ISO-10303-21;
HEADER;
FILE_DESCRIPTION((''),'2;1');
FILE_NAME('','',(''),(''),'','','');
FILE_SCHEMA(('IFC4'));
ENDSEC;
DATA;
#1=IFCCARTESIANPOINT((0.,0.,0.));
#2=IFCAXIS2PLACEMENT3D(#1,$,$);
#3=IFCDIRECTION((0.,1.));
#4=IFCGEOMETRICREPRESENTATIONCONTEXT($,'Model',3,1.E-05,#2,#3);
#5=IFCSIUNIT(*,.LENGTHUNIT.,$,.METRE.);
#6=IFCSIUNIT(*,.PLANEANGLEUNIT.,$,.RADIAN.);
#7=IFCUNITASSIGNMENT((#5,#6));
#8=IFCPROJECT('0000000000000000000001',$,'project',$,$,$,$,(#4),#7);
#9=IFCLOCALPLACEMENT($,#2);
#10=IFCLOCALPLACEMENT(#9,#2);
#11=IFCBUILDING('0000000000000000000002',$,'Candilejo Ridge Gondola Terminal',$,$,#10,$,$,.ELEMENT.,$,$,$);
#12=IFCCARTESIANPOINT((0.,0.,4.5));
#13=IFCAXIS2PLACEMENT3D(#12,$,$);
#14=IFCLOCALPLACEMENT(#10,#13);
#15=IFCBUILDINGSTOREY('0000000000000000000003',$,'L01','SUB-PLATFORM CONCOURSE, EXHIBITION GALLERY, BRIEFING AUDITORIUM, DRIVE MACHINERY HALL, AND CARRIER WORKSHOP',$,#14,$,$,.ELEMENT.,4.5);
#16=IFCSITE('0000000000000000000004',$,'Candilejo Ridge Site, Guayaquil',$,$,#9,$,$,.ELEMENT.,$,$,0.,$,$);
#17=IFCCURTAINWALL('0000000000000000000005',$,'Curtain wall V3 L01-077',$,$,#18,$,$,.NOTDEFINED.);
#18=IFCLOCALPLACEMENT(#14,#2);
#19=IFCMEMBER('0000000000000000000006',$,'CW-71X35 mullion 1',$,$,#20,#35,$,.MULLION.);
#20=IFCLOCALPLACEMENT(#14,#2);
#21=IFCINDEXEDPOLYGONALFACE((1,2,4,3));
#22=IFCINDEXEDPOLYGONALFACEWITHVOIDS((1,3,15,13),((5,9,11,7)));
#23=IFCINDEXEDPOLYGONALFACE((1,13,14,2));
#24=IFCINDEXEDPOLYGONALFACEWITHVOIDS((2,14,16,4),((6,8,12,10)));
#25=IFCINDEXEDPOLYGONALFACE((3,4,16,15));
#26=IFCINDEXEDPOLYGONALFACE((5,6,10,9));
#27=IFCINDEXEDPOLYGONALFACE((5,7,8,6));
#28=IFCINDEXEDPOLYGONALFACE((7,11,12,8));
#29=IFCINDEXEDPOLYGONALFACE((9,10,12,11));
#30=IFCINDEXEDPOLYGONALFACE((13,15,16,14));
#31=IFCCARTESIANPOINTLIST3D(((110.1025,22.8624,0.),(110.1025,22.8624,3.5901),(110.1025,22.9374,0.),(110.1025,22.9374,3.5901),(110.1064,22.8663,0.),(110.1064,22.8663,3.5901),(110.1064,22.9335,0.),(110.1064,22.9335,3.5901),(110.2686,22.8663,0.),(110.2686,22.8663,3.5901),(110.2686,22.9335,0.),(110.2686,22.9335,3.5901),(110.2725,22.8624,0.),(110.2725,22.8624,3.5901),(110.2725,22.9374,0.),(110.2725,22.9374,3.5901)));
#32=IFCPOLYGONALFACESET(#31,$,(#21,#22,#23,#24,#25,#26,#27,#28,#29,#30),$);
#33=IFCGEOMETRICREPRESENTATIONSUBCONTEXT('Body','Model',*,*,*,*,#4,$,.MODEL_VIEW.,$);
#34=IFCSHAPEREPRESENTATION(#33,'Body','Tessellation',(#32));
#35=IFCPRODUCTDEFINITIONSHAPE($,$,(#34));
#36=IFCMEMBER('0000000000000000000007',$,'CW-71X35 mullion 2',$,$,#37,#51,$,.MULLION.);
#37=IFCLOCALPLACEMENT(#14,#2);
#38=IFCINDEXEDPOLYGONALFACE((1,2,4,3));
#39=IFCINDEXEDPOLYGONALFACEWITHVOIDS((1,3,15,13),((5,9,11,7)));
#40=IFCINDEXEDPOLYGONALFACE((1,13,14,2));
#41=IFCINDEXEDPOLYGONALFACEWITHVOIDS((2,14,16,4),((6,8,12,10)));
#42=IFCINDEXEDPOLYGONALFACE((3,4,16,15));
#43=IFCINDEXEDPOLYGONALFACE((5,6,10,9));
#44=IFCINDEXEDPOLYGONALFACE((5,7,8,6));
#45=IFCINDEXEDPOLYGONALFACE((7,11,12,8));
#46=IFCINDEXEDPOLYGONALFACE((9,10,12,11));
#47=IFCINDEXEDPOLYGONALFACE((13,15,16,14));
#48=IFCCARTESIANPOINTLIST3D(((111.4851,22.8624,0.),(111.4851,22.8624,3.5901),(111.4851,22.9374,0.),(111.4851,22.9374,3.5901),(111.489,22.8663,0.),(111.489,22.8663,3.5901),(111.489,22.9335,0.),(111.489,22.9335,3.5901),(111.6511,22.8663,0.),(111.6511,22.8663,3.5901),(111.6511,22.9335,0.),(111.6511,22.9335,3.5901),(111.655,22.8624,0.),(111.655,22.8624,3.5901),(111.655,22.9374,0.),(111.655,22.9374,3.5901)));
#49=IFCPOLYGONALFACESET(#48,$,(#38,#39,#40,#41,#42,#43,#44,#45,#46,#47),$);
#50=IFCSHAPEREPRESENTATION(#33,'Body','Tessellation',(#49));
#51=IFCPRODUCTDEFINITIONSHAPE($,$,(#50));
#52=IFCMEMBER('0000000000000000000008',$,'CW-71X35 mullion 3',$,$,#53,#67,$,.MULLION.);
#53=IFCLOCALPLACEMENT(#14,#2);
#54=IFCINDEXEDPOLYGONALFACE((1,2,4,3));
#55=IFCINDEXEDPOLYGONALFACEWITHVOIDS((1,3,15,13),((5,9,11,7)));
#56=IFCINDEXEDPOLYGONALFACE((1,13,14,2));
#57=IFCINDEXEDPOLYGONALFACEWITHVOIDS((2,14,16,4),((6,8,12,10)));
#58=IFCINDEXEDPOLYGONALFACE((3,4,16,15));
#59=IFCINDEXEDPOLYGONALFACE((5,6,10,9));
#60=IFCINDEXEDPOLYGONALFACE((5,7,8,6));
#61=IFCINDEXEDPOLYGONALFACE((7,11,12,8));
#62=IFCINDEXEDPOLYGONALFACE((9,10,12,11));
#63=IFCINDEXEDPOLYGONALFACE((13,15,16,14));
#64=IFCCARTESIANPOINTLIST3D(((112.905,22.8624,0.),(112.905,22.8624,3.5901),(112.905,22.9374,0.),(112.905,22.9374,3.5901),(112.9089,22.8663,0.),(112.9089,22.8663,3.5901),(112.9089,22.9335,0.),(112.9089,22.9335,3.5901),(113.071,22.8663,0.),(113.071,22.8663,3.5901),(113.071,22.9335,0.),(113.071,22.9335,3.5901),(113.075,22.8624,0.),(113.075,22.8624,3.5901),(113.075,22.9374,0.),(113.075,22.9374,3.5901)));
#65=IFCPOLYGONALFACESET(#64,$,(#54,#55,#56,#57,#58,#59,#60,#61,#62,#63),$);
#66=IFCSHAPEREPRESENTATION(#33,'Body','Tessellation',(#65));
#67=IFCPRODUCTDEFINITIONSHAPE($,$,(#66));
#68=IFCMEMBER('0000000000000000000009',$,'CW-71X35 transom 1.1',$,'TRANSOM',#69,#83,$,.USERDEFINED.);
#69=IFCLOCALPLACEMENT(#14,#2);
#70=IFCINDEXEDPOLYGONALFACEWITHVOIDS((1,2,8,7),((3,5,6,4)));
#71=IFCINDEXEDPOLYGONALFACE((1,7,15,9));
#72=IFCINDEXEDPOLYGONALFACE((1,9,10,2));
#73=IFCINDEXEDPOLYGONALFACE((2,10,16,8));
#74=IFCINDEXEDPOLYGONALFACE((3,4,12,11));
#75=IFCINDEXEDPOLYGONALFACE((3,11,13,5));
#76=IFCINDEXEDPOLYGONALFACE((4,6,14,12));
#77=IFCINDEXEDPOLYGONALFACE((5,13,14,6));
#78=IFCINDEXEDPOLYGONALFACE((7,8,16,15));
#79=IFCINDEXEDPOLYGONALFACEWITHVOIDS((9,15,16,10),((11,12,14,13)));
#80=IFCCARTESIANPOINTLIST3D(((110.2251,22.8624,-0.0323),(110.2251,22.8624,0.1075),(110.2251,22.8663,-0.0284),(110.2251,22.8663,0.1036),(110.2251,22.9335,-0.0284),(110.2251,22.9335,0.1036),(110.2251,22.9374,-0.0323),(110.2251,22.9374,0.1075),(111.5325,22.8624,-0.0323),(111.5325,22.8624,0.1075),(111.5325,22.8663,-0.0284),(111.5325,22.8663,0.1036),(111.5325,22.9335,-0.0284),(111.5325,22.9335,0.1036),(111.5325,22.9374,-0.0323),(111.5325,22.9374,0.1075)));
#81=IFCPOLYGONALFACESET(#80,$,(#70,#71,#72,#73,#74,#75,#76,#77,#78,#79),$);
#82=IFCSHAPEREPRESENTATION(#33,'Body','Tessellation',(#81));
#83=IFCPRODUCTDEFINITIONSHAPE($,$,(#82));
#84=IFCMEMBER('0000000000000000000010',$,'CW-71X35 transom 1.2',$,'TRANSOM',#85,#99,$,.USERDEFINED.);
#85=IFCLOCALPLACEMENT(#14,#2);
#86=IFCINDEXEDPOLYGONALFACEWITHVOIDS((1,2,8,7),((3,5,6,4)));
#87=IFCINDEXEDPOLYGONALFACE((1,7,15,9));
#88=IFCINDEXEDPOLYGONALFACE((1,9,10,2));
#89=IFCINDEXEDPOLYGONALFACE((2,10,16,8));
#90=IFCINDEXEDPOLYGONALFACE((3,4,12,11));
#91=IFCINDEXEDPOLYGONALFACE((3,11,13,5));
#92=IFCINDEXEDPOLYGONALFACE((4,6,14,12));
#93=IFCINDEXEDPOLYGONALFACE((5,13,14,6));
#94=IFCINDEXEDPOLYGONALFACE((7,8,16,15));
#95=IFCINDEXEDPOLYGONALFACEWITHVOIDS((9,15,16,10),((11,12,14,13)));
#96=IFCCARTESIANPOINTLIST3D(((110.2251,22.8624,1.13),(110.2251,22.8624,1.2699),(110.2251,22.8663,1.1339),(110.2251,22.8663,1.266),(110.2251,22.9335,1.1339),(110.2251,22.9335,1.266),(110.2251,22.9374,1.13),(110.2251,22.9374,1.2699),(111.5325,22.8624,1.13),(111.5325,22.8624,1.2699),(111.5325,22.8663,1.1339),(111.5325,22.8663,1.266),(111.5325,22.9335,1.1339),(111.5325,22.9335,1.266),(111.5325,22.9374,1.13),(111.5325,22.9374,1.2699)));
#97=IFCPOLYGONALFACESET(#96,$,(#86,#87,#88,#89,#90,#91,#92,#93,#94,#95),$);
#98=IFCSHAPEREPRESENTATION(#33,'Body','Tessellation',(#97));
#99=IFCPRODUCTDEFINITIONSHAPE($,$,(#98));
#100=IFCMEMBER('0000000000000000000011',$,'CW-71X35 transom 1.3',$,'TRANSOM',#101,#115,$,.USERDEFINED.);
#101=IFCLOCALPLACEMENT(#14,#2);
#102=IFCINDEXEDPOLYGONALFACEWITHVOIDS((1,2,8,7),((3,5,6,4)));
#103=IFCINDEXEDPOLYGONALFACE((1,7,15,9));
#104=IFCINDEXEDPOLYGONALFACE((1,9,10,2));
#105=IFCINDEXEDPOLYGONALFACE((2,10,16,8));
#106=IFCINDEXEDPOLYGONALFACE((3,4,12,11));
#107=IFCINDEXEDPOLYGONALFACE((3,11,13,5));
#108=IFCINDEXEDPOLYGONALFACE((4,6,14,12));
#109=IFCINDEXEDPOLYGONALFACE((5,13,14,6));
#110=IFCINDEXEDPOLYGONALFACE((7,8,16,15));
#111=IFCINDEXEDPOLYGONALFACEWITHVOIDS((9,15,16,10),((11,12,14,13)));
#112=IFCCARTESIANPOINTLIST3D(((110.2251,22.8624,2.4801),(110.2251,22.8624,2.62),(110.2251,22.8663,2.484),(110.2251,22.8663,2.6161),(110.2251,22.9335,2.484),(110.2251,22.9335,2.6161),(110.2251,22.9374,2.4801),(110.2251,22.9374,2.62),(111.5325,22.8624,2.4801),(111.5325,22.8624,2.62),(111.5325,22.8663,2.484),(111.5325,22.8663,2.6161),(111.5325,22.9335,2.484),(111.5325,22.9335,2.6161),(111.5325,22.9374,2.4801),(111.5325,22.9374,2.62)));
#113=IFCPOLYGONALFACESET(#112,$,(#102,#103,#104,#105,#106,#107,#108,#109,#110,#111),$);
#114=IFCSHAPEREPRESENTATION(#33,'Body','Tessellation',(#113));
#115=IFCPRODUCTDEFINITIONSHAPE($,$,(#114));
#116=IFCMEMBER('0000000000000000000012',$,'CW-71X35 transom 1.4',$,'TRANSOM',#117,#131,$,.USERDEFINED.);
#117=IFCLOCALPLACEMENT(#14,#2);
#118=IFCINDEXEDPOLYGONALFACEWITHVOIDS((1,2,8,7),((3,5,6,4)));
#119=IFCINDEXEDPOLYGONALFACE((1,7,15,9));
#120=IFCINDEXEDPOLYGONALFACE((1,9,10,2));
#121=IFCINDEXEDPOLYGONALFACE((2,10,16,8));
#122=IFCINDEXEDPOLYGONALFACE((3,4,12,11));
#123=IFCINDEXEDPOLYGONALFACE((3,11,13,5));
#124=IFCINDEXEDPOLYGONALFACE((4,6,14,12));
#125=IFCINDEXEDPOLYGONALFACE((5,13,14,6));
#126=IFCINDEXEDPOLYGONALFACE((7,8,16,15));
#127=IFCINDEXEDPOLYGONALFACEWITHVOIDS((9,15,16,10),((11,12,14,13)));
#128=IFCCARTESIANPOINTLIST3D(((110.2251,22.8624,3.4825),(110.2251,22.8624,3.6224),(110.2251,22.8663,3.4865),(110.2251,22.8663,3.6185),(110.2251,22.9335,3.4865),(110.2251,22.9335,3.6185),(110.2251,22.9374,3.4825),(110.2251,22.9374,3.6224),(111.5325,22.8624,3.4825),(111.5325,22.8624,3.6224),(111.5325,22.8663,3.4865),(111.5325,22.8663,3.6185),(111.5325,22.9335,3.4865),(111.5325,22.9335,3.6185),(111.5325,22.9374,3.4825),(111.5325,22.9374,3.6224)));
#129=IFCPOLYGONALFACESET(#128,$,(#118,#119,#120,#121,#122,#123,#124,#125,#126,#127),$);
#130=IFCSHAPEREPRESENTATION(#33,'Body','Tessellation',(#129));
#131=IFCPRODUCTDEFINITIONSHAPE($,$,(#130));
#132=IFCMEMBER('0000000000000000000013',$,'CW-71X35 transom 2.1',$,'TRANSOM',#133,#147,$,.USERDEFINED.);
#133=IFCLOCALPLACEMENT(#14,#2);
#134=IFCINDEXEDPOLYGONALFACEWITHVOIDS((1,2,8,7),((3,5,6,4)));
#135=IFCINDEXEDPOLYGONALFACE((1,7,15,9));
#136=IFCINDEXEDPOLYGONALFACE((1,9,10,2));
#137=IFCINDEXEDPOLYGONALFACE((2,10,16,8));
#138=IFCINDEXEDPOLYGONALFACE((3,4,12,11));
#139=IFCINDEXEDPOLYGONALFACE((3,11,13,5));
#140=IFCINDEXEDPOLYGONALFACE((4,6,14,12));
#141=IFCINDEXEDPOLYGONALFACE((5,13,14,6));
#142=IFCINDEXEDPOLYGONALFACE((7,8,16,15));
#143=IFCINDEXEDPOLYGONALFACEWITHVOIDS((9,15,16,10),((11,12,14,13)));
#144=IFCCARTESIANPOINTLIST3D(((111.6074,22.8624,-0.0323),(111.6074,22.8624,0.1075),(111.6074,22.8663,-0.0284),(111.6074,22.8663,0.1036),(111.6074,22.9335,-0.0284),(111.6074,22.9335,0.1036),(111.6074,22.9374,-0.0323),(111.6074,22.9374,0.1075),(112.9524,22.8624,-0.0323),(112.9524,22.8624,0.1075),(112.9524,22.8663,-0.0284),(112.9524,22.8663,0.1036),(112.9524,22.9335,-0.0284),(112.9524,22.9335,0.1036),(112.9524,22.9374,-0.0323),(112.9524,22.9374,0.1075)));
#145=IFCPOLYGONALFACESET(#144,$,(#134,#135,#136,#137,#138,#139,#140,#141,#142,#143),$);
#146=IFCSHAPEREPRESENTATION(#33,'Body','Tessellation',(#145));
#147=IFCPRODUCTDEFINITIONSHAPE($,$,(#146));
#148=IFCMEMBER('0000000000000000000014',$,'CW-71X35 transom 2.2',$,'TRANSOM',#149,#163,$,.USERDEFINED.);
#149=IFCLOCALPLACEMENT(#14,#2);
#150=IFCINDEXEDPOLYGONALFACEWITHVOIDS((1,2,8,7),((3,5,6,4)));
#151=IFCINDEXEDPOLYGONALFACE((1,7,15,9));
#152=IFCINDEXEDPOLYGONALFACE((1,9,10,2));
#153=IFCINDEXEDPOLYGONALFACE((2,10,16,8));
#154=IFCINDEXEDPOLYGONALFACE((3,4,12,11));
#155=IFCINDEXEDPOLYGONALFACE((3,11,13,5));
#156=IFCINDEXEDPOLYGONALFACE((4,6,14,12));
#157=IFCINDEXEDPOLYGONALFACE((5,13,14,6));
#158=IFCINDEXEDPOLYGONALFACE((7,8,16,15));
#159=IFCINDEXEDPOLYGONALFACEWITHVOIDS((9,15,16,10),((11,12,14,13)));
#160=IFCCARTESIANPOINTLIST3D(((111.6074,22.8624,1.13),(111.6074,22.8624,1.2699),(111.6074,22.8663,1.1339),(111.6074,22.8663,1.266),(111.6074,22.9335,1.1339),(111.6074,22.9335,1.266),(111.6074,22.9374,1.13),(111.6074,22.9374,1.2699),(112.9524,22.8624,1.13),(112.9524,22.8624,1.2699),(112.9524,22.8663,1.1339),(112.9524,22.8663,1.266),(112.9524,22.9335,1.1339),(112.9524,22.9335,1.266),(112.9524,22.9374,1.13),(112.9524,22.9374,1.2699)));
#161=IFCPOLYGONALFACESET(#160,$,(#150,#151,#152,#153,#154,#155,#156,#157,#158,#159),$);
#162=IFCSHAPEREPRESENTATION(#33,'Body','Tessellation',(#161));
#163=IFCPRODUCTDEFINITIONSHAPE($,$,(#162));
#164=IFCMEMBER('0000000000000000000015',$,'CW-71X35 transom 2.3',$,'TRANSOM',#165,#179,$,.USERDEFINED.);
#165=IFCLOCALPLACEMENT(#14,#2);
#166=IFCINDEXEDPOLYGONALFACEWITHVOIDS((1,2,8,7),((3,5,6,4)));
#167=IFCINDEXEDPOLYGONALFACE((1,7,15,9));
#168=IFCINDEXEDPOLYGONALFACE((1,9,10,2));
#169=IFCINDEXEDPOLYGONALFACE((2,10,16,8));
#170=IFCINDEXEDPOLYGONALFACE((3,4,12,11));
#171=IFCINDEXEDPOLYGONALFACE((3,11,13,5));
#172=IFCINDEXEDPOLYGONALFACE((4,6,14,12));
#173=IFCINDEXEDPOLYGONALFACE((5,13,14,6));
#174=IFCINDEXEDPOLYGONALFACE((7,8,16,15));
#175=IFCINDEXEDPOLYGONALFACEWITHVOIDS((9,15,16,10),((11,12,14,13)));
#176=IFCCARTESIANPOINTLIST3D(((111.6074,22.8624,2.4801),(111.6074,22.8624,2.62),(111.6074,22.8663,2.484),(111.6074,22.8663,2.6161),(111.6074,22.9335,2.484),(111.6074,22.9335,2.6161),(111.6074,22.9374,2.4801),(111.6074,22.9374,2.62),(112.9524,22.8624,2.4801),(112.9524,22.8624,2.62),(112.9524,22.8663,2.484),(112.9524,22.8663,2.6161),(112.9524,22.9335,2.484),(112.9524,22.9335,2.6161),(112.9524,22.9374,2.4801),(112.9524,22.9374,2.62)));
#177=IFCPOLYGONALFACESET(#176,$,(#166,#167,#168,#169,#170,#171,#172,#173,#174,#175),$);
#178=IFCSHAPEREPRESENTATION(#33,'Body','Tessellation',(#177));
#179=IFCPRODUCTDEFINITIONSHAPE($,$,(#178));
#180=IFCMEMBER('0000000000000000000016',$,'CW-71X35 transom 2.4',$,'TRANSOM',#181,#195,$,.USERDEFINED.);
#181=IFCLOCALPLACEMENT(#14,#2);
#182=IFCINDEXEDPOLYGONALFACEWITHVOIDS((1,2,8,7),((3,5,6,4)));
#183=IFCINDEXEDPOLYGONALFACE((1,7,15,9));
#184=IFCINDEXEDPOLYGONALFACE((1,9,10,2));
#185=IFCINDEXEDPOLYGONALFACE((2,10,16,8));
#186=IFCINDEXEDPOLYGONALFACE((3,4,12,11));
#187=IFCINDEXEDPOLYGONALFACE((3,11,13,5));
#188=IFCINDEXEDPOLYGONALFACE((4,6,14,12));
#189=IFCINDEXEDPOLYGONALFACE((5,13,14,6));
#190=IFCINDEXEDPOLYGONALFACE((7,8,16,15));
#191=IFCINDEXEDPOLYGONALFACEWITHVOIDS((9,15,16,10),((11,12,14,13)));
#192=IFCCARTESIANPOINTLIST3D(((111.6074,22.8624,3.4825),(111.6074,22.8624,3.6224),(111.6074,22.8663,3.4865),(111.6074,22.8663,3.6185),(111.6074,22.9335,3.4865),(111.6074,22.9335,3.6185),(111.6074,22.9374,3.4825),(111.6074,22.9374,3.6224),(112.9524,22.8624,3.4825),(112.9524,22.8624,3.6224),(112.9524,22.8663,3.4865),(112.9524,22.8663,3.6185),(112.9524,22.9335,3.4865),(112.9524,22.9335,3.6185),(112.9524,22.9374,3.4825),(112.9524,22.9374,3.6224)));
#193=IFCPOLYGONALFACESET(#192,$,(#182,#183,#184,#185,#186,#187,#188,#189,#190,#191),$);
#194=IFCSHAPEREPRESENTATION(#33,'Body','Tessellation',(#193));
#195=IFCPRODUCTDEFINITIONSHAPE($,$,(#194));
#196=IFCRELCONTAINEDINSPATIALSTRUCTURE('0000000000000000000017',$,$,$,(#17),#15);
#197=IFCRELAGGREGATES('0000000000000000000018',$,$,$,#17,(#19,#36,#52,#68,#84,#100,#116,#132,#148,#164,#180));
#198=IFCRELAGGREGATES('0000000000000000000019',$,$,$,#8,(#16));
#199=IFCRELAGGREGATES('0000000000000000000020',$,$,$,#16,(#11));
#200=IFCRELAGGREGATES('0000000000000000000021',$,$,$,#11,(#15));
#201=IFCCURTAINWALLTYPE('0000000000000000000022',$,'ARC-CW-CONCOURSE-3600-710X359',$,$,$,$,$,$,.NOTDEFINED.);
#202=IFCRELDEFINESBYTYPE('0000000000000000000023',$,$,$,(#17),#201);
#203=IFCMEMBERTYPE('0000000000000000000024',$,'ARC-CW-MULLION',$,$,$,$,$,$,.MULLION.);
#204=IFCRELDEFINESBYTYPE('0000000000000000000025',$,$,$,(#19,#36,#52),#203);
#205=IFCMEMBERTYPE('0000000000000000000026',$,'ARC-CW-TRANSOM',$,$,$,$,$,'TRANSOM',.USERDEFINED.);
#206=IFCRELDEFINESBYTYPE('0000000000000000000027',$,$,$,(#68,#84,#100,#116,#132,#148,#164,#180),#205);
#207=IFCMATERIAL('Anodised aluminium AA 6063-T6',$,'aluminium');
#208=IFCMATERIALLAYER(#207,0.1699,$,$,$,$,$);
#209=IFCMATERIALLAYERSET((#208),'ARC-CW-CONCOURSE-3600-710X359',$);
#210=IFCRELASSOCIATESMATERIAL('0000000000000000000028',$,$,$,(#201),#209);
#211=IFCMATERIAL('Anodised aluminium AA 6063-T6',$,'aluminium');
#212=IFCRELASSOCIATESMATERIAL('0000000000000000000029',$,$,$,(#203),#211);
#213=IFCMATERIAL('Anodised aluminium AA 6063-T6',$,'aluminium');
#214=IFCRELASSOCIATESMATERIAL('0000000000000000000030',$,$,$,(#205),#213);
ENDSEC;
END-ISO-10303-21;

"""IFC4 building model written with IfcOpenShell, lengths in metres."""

from ifc_helpers import new_model, si_unit, direction, frame, origin, origin_2d, place, context, subcontext, project, spatial, hollow_rectangle, extrude, material, layer, layer_set, material_profile, profile_set, type_object, element, aggregate, save


model = new_model("IFC4")

# Units and contexts
model_context = context("Model", 3, precision=1e-05, world=origin(), true_north=direction((0.0, 1.0)))
body_context = subcontext(model_context, "Body", "Model", "MODEL_VIEW")
ifc_project = project(units=[si_unit("LENGTHUNIT", "METRE"), si_unit("PLANEANGLEUNIT", "RADIAN")], contexts=[model_context])

# Site, building, storey
site_placement = place(None, origin())
site = spatial("IfcSite", under=ifc_project, at=site_placement, Name="Candilejo Ridge Site, Guayaquil", CompositionType="ELEMENT", RefElevation=0.0)
building_placement = place(site_placement, origin())
building = spatial("IfcBuilding", under=site, at=building_placement, Name="Candilejo Ridge Gondola Terminal", CompositionType="ELEMENT")
storey_placement = place(building_placement, frame((0.0, 0.0, 4.5)))
storey = spatial("IfcBuildingStorey", under=building, at=storey_placement, Name="L01", Description="SUB-PLATFORM CONCOURSE, EXHIBITION GALLERY, BRIEFING AUDITORIUM, DRIVE MACHINERY HALL, AND CARRIER WORKSHOP", CompositionType="ELEMENT", Elevation=4.5)

# Curtain wall, members
ifc_material_1 = material(Name="Anodised aluminium AA 6063-T6", Category="aluminium")
ifc_layer_1 = layer(ifc_material_1, 0.1699)
ifc_layer_set_1 = layer_set([ifc_layer_1], Name="ARC-CW-CONCOURSE-3600-710X359")
curtain_wall_type = type_object("IfcCurtainWallType", Name="ARC-CW-CONCOURSE-3600-710X359", PredefinedType="NOTDEFINED", material=ifc_layer_set_1)
curtain_wall_placement = place(storey_placement, origin())
curtain_wall = element("IfcCurtainWall", 1, at=curtain_wall_placement, inside=storey, type_object=curtain_wall_type, Name="Curtain wall V3 L01-077", PredefinedType="NOTDEFINED")
ifc_material_2 = material(Name="Anodised aluminium AA 6063-T6", Category="aluminium")
ifc_material_profile_1 = material_profile(ifc_material_2, hollow_rectangle(XDim=0.075, YDim=0.1699, WallThickness=0.0039, at=origin_2d()))
ifc_profile_set_1 = profile_set([ifc_material_profile_1], Name="Anodised aluminium AA 6063-T6")
member_type_1 = type_object("IfcMemberType", Name="ARC-CW-MULLION", PredefinedType="MULLION", material=ifc_profile_set_1)
member_1_placement = place(storey_placement, frame((110.1875, 22.8999, 0.0), z_axis=(0.0, 0.0, 1.0), x_axis=(0.0, 1.0, 0.0)))
member_1 = element("IfcMember", 2, at=member_1_placement, type_object=member_type_1, Name="CW-71X35 mullion 1", PredefinedType="MULLION", context=body_context, shape_type="SweptSolid", body=[
    extrude(hollow_rectangle(XDim=0.075, YDim=0.1699, WallThickness=0.0039, at=origin_2d()), origin(), (0.0, 0.0, 1.0), 3.5901),
])
member_2_placement = place(storey_placement, frame((111.5701, 22.8999, 0.0), z_axis=(0.0, 0.0, 1.0), x_axis=(0.0, 1.0, 0.0)))
member_2 = element("IfcMember", 3, at=member_2_placement, type_object=member_type_1, Name="CW-71X35 mullion 2", PredefinedType="MULLION", context=body_context, shape_type="SweptSolid", body=[
    extrude(hollow_rectangle(XDim=0.075, YDim=0.1699, WallThickness=0.0039, at=origin_2d()), origin(), (0.0, 0.0, 1.0), 3.5901),
])
member_3_placement = place(storey_placement, frame((112.99, 22.8999, 0.0), z_axis=(0.0, 0.0, 1.0), x_axis=(0.0, 1.0, 0.0)))
member_3 = element("IfcMember", 4, at=member_3_placement, type_object=member_type_1, Name="CW-71X35 mullion 3", PredefinedType="MULLION", context=body_context, shape_type="SweptSolid", body=[
    extrude(hollow_rectangle(XDim=0.075, YDim=0.1699, WallThickness=0.0039, at=origin_2d()), origin(), (0.0, 0.0, 1.0), 3.5901),
])
ifc_material_3 = material(Name="Anodised aluminium AA 6063-T6", Category="aluminium")
ifc_material_profile_2 = material_profile(ifc_material_3, hollow_rectangle(XDim=0.075, YDim=0.1399, WallThickness=0.0039, at=origin_2d()))
ifc_profile_set_2 = profile_set([ifc_material_profile_2], Name="Anodised aluminium AA 6063-T6")
member_type_2 = type_object("IfcMemberType", Name="ARC-CW-TRANSOM", ElementType="TRANSOM", PredefinedType="USERDEFINED", material=ifc_profile_set_2)
member_4_placement = place(storey_placement, frame((110.2251, 22.8999, 0.0376), z_axis=(1.0, 0.0, 0.0), x_axis=(0.0, 1.0, 0.0)))
member_4 = element("IfcMember", 5, at=member_4_placement, type_object=member_type_2, Name="CW-71X35 transom 1.1", ObjectType="TRANSOM", PredefinedType="USERDEFINED", context=body_context, shape_type="SweptSolid", body=[
    extrude(hollow_rectangle(XDim=0.075, YDim=0.1399, WallThickness=0.0039, at=origin_2d()), origin(), (0.0, 0.0, 1.0), 1.3074),
])
member_5_placement = place(storey_placement, frame((110.2251, 22.8999, 1.2), z_axis=(1.0, 0.0, 0.0), x_axis=(0.0, 1.0, 0.0)))
member_5 = element("IfcMember", 6, at=member_5_placement, type_object=member_type_2, Name="CW-71X35 transom 1.2", ObjectType="TRANSOM", PredefinedType="USERDEFINED", context=body_context, shape_type="SweptSolid", body=[
    extrude(hollow_rectangle(XDim=0.075, YDim=0.1399, WallThickness=0.0039, at=origin_2d()), origin(), (0.0, 0.0, 1.0), 1.3074),
])
member_6_placement = place(storey_placement, frame((110.2251, 22.8999, 2.55), z_axis=(1.0, 0.0, 0.0), x_axis=(0.0, 1.0, 0.0)))
member_6 = element("IfcMember", 7, at=member_6_placement, type_object=member_type_2, Name="CW-71X35 transom 1.3", ObjectType="TRANSOM", PredefinedType="USERDEFINED", context=body_context, shape_type="SweptSolid", body=[
    extrude(hollow_rectangle(XDim=0.075, YDim=0.1399, WallThickness=0.0039, at=origin_2d()), origin(), (0.0, 0.0, 1.0), 1.3074),
])
member_7_placement = place(storey_placement, frame((110.2251, 22.8999, 3.5525), z_axis=(1.0, 0.0, 0.0), x_axis=(0.0, 1.0, 0.0)))
member_7 = element("IfcMember", 8, at=member_7_placement, type_object=member_type_2, Name="CW-71X35 transom 1.4", ObjectType="TRANSOM", PredefinedType="USERDEFINED", context=body_context, shape_type="SweptSolid", body=[
    extrude(hollow_rectangle(XDim=0.075, YDim=0.1399, WallThickness=0.0039, at=origin_2d()), origin(), (0.0, 0.0, 1.0), 1.3074),
])
member_8_placement = place(storey_placement, frame((111.6074, 22.8999, 0.0376), z_axis=(1.0, 0.0, 0.0), x_axis=(0.0, 1.0, 0.0)))
member_8 = element("IfcMember", 9, at=member_8_placement, type_object=member_type_2, Name="CW-71X35 transom 2.1", ObjectType="TRANSOM", PredefinedType="USERDEFINED", context=body_context, shape_type="SweptSolid", body=[
    extrude(hollow_rectangle(XDim=0.075, YDim=0.1399, WallThickness=0.0039, at=origin_2d()), origin(), (0.0, 0.0, 1.0), 1.345),
])
member_9_placement = place(storey_placement, frame((111.6074, 22.8999, 1.2), z_axis=(1.0, 0.0, 0.0), x_axis=(0.0, 1.0, 0.0)))
member_9 = element("IfcMember", 10, at=member_9_placement, type_object=member_type_2, Name="CW-71X35 transom 2.2", ObjectType="TRANSOM", PredefinedType="USERDEFINED", context=body_context, shape_type="SweptSolid", body=[
    extrude(hollow_rectangle(XDim=0.075, YDim=0.1399, WallThickness=0.0039, at=origin_2d()), origin(), (0.0, 0.0, 1.0), 1.345),
])
member_10_placement = place(storey_placement, frame((111.6074, 22.8999, 2.55), z_axis=(1.0, 0.0, 0.0), x_axis=(0.0, 1.0, 0.0)))
member_10 = element("IfcMember", 11, at=member_10_placement, type_object=member_type_2, Name="CW-71X35 transom 2.3", ObjectType="TRANSOM", PredefinedType="USERDEFINED", context=body_context, shape_type="SweptSolid", body=[
    extrude(hollow_rectangle(XDim=0.075, YDim=0.1399, WallThickness=0.0039, at=origin_2d()), origin(), (0.0, 0.0, 1.0), 1.345),
])
member_11_placement = place(storey_placement, frame((111.6074, 22.8999, 3.5525), z_axis=(1.0, 0.0, 0.0), x_axis=(0.0, 1.0, 0.0)))
member_11 = element("IfcMember", 12, at=member_11_placement, type_object=member_type_2, Name="CW-71X35 transom 2.4", ObjectType="TRANSOM", PredefinedType="USERDEFINED", context=body_context, shape_type="SweptSolid", body=[
    extrude(hollow_rectangle(XDim=0.075, YDim=0.1399, WallThickness=0.0039, at=origin_2d()), origin(), (0.0, 0.0, 1.0), 1.345),
])
aggregate(curtain_wall, [member_1, member_2, member_3, member_4, member_5, member_6, member_7, member_8, member_9, member_10, member_11])

save(model, "model.ifc")
